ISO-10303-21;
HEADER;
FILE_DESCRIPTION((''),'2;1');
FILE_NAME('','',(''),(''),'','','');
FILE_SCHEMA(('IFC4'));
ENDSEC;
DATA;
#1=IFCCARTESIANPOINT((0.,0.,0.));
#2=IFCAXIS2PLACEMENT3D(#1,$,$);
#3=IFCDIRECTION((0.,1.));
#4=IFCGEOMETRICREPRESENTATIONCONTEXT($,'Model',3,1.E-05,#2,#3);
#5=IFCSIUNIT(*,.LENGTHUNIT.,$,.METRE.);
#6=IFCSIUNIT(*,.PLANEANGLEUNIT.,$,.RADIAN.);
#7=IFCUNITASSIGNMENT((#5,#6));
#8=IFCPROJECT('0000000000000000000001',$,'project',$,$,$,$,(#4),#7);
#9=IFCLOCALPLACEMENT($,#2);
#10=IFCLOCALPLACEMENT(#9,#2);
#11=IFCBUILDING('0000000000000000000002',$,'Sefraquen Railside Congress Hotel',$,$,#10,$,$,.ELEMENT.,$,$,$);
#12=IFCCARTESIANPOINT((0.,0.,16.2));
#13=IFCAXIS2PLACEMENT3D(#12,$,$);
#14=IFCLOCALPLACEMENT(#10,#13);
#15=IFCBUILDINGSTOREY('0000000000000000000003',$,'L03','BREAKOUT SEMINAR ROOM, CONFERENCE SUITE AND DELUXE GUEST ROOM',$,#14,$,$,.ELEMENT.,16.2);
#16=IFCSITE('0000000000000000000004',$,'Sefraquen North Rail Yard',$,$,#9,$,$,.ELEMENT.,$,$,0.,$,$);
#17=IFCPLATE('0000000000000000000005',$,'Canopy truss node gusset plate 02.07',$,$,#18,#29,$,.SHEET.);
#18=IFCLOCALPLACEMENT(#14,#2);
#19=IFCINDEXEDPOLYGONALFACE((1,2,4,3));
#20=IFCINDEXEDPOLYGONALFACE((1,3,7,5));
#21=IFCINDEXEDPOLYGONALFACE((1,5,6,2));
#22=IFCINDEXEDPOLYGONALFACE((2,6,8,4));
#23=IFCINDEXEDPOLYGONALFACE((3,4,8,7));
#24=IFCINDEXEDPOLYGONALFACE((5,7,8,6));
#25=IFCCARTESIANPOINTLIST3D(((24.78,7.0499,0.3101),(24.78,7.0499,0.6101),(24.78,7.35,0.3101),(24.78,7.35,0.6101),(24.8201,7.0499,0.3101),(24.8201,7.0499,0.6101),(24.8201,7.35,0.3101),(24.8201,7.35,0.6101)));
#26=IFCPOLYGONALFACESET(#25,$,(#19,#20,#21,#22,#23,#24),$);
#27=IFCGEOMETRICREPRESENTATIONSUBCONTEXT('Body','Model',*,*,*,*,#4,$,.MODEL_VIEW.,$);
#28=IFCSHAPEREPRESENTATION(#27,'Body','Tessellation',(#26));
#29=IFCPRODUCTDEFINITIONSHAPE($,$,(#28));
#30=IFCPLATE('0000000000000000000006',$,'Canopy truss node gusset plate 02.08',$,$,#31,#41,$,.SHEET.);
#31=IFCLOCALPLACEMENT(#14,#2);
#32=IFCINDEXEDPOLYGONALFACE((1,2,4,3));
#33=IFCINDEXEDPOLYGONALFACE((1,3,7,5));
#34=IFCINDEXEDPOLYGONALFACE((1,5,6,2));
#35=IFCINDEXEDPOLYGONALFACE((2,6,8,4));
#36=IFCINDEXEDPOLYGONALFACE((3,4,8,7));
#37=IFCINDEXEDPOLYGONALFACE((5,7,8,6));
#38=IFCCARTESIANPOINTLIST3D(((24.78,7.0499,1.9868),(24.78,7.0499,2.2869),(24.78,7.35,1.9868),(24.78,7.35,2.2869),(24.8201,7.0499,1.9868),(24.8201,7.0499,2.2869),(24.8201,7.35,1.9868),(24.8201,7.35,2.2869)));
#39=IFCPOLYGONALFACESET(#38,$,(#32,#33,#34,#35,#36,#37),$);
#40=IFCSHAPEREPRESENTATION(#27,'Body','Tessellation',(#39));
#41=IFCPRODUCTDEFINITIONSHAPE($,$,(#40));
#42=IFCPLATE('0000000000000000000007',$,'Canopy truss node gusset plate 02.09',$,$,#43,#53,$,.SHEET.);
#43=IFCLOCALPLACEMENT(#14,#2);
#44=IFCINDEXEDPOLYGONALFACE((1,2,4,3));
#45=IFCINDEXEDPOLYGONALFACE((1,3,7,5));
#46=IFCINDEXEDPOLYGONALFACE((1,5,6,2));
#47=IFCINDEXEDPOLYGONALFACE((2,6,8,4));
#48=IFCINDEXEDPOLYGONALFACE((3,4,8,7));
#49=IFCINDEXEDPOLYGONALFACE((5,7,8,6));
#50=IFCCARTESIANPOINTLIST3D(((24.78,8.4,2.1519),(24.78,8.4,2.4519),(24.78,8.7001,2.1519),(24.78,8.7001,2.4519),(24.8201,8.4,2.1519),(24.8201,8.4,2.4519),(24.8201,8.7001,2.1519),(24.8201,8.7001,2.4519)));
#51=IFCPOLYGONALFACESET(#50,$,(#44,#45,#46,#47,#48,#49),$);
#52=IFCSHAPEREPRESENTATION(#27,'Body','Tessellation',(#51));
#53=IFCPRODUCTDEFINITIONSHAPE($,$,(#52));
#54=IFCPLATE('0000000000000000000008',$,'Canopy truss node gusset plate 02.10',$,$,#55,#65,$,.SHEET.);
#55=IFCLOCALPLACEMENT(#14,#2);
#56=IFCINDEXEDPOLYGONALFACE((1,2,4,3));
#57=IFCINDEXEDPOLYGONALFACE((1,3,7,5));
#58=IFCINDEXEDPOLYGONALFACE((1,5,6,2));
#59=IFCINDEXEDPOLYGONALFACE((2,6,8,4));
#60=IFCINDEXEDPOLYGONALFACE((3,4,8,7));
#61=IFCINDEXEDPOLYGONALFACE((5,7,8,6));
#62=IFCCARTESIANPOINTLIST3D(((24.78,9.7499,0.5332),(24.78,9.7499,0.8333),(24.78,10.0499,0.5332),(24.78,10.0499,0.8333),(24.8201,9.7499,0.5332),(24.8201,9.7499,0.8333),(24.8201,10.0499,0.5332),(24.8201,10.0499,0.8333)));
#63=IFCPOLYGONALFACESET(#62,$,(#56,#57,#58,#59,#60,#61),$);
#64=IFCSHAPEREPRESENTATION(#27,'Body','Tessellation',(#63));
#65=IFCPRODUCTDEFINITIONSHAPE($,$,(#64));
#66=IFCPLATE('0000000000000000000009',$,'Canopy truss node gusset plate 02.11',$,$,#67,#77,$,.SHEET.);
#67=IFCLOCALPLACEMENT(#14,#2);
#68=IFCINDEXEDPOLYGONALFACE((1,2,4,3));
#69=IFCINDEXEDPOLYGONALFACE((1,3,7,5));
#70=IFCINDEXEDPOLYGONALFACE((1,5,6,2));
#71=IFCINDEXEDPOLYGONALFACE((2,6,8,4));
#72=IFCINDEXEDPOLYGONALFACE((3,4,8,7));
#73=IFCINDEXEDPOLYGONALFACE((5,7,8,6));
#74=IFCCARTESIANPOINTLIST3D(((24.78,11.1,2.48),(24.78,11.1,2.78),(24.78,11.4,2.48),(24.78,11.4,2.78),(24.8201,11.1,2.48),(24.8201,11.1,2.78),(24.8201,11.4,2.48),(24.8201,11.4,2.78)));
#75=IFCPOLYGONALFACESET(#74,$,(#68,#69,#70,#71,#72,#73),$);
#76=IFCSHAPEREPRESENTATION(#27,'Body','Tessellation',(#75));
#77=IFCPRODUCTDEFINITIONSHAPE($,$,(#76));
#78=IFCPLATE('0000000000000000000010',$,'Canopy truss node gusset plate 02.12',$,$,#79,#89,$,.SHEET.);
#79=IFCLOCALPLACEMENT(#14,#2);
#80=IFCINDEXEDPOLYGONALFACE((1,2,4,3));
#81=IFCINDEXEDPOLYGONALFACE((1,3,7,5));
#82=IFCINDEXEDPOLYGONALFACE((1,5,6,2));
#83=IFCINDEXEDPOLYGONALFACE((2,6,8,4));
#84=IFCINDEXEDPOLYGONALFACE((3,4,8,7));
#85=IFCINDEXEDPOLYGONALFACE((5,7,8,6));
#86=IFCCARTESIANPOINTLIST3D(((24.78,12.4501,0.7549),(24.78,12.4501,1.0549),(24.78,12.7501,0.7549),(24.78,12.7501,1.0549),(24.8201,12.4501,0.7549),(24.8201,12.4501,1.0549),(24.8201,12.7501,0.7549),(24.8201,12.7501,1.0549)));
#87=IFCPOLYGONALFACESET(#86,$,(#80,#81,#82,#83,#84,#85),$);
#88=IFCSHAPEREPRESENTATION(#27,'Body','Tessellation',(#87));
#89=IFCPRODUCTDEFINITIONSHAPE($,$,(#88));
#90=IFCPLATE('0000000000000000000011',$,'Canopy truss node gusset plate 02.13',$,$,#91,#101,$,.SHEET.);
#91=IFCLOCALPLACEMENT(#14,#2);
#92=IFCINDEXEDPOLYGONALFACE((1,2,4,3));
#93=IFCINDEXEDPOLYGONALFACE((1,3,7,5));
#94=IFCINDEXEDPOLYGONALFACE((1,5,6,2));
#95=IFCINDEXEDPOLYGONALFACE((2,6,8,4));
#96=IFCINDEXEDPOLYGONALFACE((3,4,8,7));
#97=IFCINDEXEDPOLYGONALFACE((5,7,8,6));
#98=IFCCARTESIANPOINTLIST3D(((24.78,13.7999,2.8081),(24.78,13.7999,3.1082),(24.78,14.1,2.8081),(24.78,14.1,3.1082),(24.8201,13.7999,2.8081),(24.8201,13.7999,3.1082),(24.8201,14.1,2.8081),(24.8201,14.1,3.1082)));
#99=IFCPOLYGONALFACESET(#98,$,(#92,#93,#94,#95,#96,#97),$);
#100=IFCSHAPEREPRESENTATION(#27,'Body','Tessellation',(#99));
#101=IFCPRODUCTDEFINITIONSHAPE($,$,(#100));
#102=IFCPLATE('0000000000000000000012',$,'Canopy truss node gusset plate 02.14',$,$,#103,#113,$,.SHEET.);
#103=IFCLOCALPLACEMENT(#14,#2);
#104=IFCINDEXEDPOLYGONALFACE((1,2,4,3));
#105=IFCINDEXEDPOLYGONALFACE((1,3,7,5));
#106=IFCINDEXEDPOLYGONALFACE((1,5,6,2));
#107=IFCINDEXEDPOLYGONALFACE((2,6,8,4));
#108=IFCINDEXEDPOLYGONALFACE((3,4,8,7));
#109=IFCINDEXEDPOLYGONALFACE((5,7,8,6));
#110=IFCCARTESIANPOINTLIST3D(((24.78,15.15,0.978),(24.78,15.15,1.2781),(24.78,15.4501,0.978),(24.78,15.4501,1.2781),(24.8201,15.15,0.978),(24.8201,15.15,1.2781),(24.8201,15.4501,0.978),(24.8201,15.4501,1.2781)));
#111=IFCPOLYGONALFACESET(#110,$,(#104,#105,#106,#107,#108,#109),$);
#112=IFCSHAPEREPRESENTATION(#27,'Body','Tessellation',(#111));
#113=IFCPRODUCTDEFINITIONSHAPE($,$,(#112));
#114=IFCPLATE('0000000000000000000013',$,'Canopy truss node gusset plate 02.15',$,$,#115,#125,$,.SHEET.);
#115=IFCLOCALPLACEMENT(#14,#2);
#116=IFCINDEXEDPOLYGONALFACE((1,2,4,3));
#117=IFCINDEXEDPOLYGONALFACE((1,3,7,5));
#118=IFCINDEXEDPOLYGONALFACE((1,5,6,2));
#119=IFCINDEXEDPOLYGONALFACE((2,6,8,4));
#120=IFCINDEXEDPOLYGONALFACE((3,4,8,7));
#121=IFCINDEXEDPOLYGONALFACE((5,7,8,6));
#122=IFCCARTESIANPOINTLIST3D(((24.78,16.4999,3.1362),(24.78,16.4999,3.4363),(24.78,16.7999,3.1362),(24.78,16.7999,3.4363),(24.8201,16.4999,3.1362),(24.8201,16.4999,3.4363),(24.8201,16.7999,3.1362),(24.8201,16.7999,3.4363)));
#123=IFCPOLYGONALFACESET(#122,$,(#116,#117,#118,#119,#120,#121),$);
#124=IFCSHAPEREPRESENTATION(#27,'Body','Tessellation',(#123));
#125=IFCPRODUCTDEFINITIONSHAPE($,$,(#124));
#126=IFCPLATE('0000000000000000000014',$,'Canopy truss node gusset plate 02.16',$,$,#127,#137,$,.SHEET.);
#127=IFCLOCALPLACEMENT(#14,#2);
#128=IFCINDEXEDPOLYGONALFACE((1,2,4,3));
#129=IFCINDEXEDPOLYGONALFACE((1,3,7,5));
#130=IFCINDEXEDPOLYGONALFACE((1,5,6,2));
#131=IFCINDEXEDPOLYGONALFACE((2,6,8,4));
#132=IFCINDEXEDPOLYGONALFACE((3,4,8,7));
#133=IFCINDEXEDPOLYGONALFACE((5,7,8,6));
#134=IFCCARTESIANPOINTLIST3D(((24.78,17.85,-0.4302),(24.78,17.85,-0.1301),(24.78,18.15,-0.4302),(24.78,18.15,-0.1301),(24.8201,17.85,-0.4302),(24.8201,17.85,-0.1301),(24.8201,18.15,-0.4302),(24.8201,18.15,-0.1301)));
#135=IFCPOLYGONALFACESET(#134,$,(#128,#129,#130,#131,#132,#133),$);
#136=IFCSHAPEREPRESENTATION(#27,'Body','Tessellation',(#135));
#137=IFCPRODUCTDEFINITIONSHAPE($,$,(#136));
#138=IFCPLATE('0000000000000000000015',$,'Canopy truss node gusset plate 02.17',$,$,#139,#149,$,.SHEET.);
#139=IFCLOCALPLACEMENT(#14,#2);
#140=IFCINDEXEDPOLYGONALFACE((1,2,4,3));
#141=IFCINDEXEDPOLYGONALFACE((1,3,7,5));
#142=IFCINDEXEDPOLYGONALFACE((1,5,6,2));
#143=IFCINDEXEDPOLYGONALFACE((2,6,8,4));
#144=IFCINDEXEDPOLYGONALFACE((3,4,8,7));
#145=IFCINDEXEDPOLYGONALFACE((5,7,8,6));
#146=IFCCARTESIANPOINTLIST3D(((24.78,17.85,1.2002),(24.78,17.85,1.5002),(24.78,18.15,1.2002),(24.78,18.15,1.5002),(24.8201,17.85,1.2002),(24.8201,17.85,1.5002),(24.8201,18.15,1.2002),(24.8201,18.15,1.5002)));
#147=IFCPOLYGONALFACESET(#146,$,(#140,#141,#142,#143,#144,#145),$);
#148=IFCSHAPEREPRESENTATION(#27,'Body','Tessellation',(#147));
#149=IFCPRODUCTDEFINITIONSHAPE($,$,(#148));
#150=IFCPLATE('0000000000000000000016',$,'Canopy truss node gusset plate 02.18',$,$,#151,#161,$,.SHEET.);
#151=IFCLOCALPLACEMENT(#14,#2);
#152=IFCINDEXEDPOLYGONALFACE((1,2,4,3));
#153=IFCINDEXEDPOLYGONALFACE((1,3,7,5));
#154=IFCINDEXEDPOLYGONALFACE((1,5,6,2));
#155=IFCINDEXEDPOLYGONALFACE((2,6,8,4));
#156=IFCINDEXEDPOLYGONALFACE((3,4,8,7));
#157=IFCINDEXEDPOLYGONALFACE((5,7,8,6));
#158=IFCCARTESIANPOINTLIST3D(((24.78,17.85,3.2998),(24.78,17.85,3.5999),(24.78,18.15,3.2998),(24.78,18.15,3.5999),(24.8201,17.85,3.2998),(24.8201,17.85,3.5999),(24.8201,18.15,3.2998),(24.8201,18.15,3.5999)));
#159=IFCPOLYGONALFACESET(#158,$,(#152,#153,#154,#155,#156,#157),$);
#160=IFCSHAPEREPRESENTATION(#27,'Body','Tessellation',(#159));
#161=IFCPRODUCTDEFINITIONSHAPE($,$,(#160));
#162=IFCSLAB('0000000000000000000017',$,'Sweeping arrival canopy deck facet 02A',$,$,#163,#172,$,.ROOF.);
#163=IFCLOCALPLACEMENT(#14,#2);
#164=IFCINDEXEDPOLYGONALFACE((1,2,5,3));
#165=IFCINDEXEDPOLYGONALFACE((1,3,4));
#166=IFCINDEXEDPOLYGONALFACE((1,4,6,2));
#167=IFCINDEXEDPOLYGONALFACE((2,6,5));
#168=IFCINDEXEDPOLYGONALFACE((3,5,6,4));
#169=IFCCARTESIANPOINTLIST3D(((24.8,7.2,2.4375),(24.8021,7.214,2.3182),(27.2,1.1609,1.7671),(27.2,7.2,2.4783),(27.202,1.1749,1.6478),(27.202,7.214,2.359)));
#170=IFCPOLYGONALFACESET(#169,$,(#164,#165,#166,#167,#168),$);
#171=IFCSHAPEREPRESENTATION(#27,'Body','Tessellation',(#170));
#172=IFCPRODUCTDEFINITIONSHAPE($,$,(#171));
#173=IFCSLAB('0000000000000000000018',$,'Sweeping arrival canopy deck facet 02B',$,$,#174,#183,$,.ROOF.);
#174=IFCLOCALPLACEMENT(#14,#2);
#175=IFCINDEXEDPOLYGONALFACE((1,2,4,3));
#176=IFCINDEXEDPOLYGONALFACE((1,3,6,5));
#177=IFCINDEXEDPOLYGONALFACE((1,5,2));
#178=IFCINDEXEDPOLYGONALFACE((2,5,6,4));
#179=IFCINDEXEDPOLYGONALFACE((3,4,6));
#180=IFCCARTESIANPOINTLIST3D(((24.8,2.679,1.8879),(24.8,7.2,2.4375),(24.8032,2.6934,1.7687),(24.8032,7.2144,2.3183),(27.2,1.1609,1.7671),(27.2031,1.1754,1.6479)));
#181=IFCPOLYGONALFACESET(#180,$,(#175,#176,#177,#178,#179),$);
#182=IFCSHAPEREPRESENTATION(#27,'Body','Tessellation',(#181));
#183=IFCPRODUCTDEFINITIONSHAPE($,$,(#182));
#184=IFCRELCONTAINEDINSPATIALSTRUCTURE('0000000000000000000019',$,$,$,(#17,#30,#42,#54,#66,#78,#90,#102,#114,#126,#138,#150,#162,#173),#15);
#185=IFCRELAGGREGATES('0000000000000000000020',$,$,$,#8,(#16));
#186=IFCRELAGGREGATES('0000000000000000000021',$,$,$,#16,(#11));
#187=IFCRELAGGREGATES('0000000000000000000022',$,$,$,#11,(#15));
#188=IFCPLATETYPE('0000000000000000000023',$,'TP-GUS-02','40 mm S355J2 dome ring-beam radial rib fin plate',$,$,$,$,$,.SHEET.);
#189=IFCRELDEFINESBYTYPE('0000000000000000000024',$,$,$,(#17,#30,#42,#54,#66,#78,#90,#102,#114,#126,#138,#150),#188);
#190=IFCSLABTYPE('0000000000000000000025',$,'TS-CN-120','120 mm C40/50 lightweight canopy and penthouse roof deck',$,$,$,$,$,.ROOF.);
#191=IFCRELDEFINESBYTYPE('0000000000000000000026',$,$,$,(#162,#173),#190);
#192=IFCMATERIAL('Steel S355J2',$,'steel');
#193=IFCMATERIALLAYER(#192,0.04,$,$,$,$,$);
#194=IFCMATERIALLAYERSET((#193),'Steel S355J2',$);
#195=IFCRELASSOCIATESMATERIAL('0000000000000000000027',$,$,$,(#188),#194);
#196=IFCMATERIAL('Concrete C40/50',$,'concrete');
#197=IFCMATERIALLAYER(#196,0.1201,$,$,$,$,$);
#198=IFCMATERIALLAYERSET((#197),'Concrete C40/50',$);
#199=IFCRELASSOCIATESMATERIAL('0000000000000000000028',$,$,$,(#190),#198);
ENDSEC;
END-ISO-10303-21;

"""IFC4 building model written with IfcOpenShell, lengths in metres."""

from ifc_helpers import new_model, si_unit, direction, frame, origin, origin_2d, place, context, subcontext, project, spatial, polyline, rectangle, outline, extrude, material, layer, layer_set, type_object, element, save


model = new_model("IFC4")

# Units and contexts
model_context = context("Model", 3, precision=1e-05, world=origin(), true_north=direction((0.0, 1.0)))
body_context = subcontext(model_context, "Body", "Model", "MODEL_VIEW")
ifc_project = project(units=[si_unit("LENGTHUNIT", "METRE"), si_unit("PLANEANGLEUNIT", "RADIAN")], contexts=[model_context])

# Site, building, storey
site_placement = place(None, origin())
site = spatial("IfcSite", under=ifc_project, at=site_placement, Name="Sefraquen North Rail Yard", CompositionType="ELEMENT", RefElevation=0.0)
building_placement = place(site_placement, origin())
building = spatial("IfcBuilding", under=site, at=building_placement, Name="Sefraquen Railside Congress Hotel", CompositionType="ELEMENT")
storey_placement = place(building_placement, frame((0.0, 0.0, 16.2)))
storey = spatial("IfcBuildingStorey", under=building, at=storey_placement, Name="L03", Description="BREAKOUT SEMINAR ROOM, CONFERENCE SUITE AND DELUXE GUEST ROOM", CompositionType="ELEMENT", Elevation=16.2)

# Shared definitions
ifc_material_1 = material(Name="Steel S355J2", Category="steel")

# Plates
ifc_layer_1 = layer(ifc_material_1, 0.04)
ifc_layer_set_1 = layer_set([ifc_layer_1], Name="Steel S355J2")
plate_type = type_object("IfcPlateType", Name="TP-GUS-02", Description="40 mm S355J2 dome ring-beam radial rib fin plate", PredefinedType="SHEET", material=ifc_layer_set_1)
for number, where, z_axis, x_axis, name in (
    (1, (24.8, 7.2, 0.3101), (0.0, 0.0, 1.0), (1.0, 0.0, 0.0), "Canopy truss node gusset plate 02.07"),
    (2, (24.8, 7.2, 1.9868), (0.0, 0.0, 1.0), (1.0, 0.0, 0.0), "Canopy truss node gusset plate 02.08"),
    (3, (24.8, 8.55, 2.1519), (0.0, 0.0, 1.0), (1.0, 0.0, 0.0), "Canopy truss node gusset plate 02.09"),
    (4, (24.8, 9.8999, 0.5332), (0.0, 0.0, 1.0), (1.0, 0.0, 0.0), "Canopy truss node gusset plate 02.10"),
    (5, (24.8, 11.25, 2.48), (0.0, 0.0, 1.0), (1.0, 0.0, 0.0), "Canopy truss node gusset plate 02.11"),
    (6, (24.8, 12.6001, 0.7549), (0.0, 0.0, 1.0), (1.0, 0.0, 0.0), "Canopy truss node gusset plate 02.12"),
    (7, (24.8, 13.95, 2.8081), (0.0, 0.0, 1.0), (1.0, 0.0, 0.0), "Canopy truss node gusset plate 02.13"),
    (8, (24.8, 15.3, 0.978), (0.0, 0.0, 1.0), (1.0, 0.0, 0.0), "Canopy truss node gusset plate 02.14"),
    (9, (24.8, 16.6499, 3.1362), (0.0, 0.0, 1.0), (1.0, 0.0, 0.0), "Canopy truss node gusset plate 02.15"),
    (10, (24.8, 18.0, -0.4302), (0.0, 0.0, 1.0), (1.0, 0.0, 0.0), "Canopy truss node gusset plate 02.16"),
    (11, (24.8, 18.0, 1.2002), (0.0, 0.0, 1.0), (1.0, 0.0, 0.0), "Canopy truss node gusset plate 02.17"),
    (12, (24.8, 18.0, 3.2998), (0.0, 0.0, 1.0), (1.0, 0.0, 0.0), "Canopy truss node gusset plate 02.18"),
):
    element("IfcPlate", number, at=place(storey_placement, frame(where, z_axis=z_axis, x_axis=x_axis)), inside=storey, type_object=plate_type, Name=name, PredefinedType="SHEET", context=body_context, shape_type="SweptSolid", body=[
        extrude(rectangle(XDim=0.04, YDim=0.3, at=origin_2d()), origin(), (0.0, 0.0, 1.0), 0.3),
    ])

# Slabs
ifc_material_2 = material(Name="Concrete C40/50", Category="concrete")
ifc_layer_2 = layer(ifc_material_2, 0.1201)
ifc_layer_set_2 = layer_set([ifc_layer_2], Name="Concrete C40/50")
slab_type = type_object("IfcSlabType", Name="TS-CN-120", Description="120 mm C40/50 lightweight canopy and penthouse roof deck", PredefinedType="ROOF", material=ifc_layer_set_2)
slab_1_placement = place(storey_placement, frame((24.8, 7.2, 2.4375), z_axis=(-0.01687, -0.116939, 0.992996), x_axis=(0.999856, 0.0, 0.016986)))
element("IfcSlab", 13, at=slab_1_placement, inside=storey, type_object=slab_type, Name="Sweeping arrival canopy deck facet 02A", PredefinedType="ROOF", context=body_context, shape_type="SweptSolid", body=[
    extrude(outline(polyline([(0.0, 0.0), (2.4002, 0.0), (2.3882, -6.0808), (0.0, 0.0)])), origin(), (0.0, 0.0, -1.0), 0.1201),
])
slab_2_placement = place(storey_placement, frame((24.8, 7.2, 2.4375), z_axis=(-0.026332, -0.120627, 0.992349), x_axis=(0.367354, -0.924402, -0.10262)))
element("IfcSlab", 14, at=slab_2_placement, inside=storey, type_object=slab_type, Name="Sweeping arrival canopy deck facet 02B", PredefinedType="ROOF", context=body_context, shape_type="SweptSolid", body=[
    extrude(outline(polyline([(0.0, 0.0), (6.5329, 0.0), (4.2356, -1.6736), (0.0, 0.0)])), origin(), (0.0, 0.0, -1.0), 0.1201),
])

save(model, "model.ifc")
